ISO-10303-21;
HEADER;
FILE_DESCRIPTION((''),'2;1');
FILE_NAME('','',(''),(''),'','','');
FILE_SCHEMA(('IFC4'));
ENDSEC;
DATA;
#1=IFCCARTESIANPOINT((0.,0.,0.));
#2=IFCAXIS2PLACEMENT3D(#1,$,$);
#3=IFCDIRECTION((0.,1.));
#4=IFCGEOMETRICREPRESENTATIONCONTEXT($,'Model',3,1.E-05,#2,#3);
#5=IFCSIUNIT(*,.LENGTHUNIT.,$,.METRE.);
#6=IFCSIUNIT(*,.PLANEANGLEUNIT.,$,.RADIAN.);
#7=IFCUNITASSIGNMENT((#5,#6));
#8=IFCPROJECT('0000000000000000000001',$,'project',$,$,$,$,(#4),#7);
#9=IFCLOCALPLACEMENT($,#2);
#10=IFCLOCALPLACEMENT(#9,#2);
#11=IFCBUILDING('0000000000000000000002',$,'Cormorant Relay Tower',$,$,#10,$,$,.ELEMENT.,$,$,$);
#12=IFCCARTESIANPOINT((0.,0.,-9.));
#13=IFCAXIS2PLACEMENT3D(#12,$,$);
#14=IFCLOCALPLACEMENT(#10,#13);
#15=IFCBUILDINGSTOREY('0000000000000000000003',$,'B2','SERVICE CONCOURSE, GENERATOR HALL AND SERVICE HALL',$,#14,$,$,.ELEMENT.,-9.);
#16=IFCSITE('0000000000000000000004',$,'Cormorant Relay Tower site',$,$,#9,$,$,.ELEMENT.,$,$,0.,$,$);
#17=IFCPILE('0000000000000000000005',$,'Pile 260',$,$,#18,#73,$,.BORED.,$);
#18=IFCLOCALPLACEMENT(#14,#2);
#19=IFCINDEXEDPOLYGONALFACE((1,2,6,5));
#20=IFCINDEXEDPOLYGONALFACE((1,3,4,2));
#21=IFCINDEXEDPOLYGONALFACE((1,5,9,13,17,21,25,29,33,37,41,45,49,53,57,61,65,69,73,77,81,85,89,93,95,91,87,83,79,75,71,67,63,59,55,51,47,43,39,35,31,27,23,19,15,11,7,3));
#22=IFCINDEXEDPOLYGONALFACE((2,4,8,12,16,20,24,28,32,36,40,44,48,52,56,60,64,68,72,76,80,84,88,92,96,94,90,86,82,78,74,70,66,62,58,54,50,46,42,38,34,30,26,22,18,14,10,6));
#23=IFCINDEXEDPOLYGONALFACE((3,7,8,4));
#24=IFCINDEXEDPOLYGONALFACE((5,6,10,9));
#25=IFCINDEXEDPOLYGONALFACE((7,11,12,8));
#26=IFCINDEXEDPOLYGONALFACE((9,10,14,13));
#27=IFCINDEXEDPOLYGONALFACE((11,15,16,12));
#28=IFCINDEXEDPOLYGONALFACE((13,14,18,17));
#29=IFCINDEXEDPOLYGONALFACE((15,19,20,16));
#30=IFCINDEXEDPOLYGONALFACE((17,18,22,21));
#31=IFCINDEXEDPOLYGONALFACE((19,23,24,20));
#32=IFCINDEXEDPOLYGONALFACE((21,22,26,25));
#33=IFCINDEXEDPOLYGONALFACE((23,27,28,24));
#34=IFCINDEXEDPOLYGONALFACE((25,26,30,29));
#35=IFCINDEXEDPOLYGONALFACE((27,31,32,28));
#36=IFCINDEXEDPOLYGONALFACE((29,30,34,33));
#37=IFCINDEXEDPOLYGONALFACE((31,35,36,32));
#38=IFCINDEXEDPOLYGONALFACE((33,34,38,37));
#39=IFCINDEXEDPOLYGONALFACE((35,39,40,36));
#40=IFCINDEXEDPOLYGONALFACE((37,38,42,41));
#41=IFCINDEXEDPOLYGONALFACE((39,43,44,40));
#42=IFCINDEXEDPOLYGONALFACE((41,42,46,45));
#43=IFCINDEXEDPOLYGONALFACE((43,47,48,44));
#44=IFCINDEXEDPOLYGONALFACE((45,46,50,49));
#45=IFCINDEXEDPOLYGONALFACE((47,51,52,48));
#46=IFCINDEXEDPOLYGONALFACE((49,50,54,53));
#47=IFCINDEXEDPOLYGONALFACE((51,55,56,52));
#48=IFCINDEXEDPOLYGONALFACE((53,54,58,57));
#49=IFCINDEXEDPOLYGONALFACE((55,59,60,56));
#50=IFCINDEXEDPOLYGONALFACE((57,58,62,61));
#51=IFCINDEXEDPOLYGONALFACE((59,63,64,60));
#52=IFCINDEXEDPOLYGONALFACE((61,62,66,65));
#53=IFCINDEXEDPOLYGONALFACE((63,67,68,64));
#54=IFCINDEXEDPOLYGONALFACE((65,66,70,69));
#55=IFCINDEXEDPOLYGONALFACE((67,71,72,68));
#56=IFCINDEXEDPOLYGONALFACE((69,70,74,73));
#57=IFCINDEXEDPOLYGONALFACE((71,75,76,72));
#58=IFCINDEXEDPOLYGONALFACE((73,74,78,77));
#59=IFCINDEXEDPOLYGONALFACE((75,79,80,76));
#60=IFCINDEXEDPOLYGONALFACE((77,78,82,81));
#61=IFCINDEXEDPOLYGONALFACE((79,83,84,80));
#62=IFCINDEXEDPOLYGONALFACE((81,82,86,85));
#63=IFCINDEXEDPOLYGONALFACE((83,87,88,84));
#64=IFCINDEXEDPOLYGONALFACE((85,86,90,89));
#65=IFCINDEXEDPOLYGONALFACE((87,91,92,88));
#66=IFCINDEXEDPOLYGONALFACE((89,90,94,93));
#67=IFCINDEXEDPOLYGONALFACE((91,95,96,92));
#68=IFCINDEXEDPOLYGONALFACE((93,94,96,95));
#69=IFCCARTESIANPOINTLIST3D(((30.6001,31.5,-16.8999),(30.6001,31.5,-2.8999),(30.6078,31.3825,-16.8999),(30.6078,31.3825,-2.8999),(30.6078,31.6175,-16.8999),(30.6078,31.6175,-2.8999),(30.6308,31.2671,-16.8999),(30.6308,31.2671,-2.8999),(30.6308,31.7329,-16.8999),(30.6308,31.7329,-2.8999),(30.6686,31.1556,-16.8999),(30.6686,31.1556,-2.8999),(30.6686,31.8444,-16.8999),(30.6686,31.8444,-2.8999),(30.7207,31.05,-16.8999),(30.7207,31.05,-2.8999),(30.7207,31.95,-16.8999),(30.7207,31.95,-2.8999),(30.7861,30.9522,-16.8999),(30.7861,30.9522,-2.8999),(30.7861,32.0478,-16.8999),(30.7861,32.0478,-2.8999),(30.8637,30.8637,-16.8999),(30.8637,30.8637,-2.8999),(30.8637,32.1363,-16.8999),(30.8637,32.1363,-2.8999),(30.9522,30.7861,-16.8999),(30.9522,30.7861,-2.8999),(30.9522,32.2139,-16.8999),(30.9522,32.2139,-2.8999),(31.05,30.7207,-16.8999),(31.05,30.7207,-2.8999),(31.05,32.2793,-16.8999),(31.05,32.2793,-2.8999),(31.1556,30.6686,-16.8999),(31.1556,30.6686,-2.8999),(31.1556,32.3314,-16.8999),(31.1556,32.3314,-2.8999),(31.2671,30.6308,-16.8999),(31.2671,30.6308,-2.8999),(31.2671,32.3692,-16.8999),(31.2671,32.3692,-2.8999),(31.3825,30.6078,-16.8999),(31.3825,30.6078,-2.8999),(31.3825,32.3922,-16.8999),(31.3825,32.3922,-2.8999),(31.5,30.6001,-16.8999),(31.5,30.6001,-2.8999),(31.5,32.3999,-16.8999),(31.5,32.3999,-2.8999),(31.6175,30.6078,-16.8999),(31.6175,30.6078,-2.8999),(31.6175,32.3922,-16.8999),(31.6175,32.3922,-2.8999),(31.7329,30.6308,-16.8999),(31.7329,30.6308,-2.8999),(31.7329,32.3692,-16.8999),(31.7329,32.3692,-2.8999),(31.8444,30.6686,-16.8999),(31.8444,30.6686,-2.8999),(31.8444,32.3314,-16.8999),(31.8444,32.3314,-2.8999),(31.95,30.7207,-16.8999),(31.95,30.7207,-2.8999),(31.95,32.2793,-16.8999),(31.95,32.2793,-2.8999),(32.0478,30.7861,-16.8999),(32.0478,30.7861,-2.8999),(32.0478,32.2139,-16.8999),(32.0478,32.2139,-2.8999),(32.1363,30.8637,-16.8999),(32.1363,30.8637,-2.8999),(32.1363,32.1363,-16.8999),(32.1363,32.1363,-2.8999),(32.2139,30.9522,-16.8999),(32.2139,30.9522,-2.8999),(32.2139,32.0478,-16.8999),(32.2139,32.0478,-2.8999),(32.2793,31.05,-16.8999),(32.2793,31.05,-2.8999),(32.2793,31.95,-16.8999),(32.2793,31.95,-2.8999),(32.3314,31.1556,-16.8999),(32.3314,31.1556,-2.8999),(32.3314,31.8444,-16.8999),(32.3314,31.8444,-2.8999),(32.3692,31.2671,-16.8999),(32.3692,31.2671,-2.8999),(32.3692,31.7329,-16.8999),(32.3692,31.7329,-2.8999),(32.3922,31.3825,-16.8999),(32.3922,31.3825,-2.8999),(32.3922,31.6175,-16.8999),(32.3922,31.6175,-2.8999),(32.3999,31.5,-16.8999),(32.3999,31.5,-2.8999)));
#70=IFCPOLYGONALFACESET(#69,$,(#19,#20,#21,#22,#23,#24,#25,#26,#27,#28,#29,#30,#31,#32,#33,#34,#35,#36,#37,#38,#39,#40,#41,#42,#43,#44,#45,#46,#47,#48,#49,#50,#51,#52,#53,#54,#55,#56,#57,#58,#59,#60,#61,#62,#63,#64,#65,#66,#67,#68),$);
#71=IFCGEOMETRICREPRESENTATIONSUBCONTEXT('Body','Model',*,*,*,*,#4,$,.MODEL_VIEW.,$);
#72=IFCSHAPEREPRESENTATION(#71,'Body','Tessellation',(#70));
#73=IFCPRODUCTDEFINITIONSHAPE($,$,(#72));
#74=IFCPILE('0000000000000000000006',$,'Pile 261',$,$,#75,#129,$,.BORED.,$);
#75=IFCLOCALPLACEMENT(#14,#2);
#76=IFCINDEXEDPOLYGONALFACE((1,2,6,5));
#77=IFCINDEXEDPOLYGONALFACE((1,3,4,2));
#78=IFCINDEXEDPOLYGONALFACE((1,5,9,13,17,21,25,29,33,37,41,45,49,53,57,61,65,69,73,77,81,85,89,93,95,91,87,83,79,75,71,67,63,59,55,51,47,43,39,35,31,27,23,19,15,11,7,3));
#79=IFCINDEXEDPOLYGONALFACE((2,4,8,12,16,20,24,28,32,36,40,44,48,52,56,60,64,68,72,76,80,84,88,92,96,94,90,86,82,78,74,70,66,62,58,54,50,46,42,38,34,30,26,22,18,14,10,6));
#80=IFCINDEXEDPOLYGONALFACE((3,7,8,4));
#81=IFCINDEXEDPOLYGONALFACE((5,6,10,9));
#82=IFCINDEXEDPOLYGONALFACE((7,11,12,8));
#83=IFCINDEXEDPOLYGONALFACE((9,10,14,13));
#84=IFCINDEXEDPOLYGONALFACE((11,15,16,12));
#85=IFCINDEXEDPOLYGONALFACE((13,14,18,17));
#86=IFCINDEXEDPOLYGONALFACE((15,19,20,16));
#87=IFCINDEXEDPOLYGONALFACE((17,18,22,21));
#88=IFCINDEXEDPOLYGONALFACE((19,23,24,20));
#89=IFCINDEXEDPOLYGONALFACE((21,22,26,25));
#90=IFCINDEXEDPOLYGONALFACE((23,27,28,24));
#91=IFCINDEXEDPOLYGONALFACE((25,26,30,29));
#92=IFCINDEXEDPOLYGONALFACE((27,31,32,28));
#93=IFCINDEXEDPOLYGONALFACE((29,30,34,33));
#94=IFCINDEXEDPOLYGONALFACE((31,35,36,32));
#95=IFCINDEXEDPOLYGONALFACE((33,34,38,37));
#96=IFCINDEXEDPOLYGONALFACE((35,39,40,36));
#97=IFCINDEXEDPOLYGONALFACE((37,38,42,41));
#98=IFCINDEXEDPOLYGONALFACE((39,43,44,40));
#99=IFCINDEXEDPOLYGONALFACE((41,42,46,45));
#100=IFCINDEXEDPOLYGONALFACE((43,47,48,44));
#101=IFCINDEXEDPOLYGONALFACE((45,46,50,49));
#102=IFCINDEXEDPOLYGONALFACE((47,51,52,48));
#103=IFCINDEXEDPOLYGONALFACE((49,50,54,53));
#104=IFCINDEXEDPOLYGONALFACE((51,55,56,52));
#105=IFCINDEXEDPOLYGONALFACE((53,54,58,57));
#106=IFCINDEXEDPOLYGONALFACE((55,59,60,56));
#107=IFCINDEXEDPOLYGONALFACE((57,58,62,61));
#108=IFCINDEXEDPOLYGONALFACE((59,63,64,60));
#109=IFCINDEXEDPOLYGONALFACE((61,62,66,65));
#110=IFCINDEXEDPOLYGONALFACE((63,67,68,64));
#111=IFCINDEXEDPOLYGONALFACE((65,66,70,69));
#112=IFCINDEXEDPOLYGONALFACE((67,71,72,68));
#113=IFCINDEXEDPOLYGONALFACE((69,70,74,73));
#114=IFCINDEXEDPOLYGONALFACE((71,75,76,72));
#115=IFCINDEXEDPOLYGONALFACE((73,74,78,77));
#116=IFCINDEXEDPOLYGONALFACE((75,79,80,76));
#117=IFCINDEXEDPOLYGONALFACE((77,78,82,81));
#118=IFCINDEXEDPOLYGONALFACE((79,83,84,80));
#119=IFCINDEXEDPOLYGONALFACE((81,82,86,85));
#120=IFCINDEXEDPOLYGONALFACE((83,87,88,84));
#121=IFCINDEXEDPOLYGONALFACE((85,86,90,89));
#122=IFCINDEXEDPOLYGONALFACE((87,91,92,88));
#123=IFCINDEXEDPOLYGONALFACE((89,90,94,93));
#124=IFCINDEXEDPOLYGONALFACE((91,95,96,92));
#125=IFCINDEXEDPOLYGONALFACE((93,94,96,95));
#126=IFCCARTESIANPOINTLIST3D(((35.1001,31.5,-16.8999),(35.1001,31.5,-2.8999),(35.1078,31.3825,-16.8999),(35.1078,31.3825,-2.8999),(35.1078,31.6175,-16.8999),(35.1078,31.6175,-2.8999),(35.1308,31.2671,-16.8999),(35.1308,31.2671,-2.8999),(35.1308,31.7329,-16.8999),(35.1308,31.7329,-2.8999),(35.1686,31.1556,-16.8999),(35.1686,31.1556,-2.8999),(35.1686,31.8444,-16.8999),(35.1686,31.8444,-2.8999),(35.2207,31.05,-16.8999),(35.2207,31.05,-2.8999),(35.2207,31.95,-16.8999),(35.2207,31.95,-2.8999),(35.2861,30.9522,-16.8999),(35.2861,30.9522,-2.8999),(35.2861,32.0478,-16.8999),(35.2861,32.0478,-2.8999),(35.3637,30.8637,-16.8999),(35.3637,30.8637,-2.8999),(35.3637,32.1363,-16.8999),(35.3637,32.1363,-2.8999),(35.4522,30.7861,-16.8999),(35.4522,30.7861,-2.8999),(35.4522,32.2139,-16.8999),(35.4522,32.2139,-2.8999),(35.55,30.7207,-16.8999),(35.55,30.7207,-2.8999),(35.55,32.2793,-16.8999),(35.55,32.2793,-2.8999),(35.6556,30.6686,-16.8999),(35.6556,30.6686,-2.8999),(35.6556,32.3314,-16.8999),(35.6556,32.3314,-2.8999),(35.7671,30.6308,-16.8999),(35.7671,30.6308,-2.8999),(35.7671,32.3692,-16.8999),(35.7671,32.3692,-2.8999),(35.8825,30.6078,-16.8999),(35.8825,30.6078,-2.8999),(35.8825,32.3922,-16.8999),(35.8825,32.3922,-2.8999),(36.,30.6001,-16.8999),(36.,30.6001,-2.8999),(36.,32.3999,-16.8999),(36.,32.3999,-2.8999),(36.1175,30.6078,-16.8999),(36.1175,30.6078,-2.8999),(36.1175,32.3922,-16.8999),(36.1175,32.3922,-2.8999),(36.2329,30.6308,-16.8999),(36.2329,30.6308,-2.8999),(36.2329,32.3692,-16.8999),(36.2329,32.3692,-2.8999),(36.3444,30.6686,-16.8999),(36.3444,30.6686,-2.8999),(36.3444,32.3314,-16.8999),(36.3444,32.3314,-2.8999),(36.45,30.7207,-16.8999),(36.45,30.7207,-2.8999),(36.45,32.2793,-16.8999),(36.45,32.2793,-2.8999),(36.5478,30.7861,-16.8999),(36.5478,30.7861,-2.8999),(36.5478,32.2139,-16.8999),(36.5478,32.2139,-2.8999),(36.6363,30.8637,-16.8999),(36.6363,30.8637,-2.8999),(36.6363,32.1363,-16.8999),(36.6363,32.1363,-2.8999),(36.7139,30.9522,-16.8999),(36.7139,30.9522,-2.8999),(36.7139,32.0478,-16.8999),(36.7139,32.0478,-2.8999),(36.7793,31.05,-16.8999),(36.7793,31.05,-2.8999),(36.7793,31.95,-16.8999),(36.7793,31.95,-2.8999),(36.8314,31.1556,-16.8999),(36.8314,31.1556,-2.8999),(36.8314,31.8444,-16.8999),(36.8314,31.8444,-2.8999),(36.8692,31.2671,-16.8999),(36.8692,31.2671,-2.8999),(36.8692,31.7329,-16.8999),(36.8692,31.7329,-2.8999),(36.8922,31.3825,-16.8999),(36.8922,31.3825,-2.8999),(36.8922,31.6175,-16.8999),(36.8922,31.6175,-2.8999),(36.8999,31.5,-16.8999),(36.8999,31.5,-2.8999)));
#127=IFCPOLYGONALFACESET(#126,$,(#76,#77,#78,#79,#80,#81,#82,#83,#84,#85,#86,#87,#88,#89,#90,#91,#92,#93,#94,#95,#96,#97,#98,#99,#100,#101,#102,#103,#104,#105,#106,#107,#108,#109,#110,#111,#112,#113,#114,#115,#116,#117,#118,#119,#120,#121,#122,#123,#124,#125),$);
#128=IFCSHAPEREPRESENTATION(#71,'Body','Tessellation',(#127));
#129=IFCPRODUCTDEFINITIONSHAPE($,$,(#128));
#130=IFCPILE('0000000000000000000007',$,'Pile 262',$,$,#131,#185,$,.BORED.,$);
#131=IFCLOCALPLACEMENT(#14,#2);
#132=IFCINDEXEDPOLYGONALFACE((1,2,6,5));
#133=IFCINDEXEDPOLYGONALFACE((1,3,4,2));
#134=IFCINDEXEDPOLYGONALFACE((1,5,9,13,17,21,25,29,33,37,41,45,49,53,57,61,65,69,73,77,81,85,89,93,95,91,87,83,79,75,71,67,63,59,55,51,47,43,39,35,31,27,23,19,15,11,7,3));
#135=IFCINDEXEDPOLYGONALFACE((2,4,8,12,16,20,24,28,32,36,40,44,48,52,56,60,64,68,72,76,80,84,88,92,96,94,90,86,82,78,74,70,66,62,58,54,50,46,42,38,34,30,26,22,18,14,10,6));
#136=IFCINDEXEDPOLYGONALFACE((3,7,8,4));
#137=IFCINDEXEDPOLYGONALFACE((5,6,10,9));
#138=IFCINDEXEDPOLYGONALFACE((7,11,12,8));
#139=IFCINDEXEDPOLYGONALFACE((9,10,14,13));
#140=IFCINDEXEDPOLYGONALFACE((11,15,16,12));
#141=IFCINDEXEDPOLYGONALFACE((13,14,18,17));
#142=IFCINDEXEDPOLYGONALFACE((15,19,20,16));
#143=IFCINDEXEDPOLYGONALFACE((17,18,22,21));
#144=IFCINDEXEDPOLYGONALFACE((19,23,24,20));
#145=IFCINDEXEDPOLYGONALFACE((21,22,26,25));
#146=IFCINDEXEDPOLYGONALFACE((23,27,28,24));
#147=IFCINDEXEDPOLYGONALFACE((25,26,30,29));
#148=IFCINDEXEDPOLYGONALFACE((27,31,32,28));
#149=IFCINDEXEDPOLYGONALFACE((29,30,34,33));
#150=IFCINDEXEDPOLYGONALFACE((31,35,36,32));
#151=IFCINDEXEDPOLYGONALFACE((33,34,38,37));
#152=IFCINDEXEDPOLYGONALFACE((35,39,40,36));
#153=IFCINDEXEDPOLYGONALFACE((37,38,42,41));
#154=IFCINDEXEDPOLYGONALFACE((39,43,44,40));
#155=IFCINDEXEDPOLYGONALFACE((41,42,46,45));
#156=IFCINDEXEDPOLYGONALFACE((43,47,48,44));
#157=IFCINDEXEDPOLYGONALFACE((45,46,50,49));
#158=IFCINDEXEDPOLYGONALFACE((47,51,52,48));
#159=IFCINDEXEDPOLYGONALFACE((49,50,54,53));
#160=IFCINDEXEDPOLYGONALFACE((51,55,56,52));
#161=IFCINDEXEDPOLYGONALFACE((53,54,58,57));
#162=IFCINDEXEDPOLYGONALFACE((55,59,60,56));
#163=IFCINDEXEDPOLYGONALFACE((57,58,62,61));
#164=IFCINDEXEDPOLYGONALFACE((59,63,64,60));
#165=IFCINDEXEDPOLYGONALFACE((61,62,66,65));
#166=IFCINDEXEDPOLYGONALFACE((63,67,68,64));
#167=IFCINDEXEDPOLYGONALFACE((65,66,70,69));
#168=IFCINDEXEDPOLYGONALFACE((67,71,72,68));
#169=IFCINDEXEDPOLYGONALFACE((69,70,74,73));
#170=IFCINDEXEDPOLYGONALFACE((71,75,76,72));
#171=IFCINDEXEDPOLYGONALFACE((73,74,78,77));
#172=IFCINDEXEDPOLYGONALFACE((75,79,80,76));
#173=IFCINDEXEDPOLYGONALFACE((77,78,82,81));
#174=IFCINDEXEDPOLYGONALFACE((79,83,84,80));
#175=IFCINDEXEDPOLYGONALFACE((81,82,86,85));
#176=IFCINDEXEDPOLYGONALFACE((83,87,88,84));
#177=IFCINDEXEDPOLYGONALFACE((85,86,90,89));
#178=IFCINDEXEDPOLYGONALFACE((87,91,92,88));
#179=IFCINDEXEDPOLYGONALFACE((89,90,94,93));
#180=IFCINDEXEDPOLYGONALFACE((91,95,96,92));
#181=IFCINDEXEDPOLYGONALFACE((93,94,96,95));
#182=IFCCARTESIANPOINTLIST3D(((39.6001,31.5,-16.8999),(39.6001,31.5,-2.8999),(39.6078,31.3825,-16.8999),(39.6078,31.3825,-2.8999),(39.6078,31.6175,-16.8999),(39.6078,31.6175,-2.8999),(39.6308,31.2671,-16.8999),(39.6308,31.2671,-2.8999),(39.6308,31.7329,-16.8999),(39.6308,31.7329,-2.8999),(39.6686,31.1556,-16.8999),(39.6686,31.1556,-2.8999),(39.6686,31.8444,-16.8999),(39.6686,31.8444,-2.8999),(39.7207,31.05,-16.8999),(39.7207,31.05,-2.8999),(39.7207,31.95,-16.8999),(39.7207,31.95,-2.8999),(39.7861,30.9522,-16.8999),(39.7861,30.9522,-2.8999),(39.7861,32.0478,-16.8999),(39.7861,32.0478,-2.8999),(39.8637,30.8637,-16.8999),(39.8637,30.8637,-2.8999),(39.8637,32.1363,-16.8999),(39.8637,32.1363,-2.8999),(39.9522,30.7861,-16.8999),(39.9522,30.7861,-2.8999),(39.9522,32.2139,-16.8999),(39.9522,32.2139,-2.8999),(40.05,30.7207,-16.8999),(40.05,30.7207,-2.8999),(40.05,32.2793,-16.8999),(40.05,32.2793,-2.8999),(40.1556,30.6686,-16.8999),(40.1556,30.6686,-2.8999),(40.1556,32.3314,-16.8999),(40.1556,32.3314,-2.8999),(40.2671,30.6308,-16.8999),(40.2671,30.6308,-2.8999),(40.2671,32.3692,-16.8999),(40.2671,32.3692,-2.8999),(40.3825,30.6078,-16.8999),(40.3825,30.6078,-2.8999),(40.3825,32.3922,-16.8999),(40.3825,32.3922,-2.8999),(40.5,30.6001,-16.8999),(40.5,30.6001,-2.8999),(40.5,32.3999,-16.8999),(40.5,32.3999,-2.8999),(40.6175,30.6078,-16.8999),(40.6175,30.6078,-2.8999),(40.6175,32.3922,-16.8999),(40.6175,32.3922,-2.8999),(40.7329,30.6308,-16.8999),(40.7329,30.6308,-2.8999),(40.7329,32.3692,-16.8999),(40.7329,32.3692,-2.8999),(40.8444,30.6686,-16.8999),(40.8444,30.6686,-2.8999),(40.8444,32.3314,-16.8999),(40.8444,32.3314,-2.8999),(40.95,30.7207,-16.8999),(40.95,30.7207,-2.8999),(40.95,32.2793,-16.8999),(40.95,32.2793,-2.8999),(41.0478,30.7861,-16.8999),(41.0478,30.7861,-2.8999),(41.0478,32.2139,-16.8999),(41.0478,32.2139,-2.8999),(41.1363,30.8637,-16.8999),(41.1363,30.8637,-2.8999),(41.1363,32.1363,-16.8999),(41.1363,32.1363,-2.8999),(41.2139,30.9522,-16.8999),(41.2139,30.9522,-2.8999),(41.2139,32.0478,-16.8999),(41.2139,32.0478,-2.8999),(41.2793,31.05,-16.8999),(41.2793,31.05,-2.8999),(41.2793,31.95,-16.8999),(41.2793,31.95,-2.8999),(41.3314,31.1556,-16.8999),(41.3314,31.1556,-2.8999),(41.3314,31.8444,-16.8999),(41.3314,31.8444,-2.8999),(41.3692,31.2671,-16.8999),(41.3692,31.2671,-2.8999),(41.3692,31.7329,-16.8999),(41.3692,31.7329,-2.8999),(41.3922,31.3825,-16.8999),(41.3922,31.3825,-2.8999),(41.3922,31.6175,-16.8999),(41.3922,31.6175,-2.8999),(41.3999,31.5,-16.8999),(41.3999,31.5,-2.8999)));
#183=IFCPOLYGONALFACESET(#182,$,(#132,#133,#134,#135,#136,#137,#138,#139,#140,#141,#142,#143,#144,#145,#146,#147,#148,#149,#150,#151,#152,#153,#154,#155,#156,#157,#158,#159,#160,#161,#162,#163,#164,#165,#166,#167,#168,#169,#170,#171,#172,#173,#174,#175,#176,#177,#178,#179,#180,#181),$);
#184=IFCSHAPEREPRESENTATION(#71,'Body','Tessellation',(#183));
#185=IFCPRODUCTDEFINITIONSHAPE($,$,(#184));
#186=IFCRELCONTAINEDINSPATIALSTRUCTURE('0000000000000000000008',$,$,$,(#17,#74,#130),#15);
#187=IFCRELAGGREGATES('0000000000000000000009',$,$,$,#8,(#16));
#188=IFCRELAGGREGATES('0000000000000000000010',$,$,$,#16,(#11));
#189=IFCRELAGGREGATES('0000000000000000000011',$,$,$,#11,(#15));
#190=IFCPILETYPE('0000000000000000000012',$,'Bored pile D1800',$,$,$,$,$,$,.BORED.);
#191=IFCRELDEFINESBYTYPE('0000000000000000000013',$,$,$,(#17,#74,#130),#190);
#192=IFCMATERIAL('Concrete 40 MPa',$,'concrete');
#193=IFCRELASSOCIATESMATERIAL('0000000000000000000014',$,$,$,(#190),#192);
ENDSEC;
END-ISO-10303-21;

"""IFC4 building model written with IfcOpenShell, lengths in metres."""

from ifc_helpers import new_model, si_unit, direction, frame, origin, origin_2d, place, context, subcontext, project, spatial, circle, extrude, material, material_profile, profile_set, type_object, element, save


model = new_model("IFC4")

# Units and contexts
model_context = context("Model", 3, precision=1e-05, world=origin(), true_north=direction((0.0, 1.0)))
body_context = subcontext(model_context, "Body", "Model", "MODEL_VIEW")
ifc_project = project(units=[si_unit("LENGTHUNIT", "METRE"), si_unit("PLANEANGLEUNIT", "RADIAN")], contexts=[model_context])

# Site, building, storey
site_placement = place(None, origin())
site = spatial("IfcSite", under=ifc_project, at=site_placement, Name="Cormorant Relay Tower site", CompositionType="ELEMENT", RefElevation=0.0)
building_placement = place(site_placement, origin())
building = spatial("IfcBuilding", under=site, at=building_placement, Name="Cormorant Relay Tower", CompositionType="ELEMENT")
storey_placement = place(building_placement, frame((0.0, 0.0, -9.0)))
storey = spatial("IfcBuildingStorey", under=building, at=storey_placement, Name="B2", Description="SERVICE CONCOURSE, GENERATOR HALL AND SERVICE HALL", CompositionType="ELEMENT", Elevation=-9.0)

# Piles
ifc_material_1 = material(Name="Concrete 40 MPa", Category="concrete")
ifc_material_profile_1 = material_profile(ifc_material_1, circle(Radius=0.8999, at=origin_2d()), Name="BP1800")
ifc_profile_set_1 = profile_set([ifc_material_profile_1], Name="Concrete 40 MPa")
pile_type = type_object("IfcPileType", Name="Bored pile D1800", PredefinedType="BORED", material=ifc_profile_set_1)
for number, where, z_axis, x_axis, name in (
    (1, (31.5, 31.5, -2.8999), (0.0, 0.0, -1.0), (1.0, 0.0, 0.0), "Pile 260"),
    (2, (36.0, 31.5, -2.8999), (0.0, 0.0, -1.0), (1.0, 0.0, 0.0), "Pile 261"),
    (3, (40.5, 31.5, -2.8999), (0.0, 0.0, -1.0), (1.0, 0.0, 0.0), "Pile 262"),
):
    element("IfcPile", number, at=place(storey_placement, frame(where, z_axis=z_axis, x_axis=x_axis)), inside=storey, type_object=pile_type, Name=name, PredefinedType="BORED", context=body_context, shape_type="SweptSolid", body=[
        extrude(circle(Radius=0.8999, at=origin_2d()), origin(), (0.0, 0.0, 1.0), 14.0),
    ])

save(model, "model.ifc")
